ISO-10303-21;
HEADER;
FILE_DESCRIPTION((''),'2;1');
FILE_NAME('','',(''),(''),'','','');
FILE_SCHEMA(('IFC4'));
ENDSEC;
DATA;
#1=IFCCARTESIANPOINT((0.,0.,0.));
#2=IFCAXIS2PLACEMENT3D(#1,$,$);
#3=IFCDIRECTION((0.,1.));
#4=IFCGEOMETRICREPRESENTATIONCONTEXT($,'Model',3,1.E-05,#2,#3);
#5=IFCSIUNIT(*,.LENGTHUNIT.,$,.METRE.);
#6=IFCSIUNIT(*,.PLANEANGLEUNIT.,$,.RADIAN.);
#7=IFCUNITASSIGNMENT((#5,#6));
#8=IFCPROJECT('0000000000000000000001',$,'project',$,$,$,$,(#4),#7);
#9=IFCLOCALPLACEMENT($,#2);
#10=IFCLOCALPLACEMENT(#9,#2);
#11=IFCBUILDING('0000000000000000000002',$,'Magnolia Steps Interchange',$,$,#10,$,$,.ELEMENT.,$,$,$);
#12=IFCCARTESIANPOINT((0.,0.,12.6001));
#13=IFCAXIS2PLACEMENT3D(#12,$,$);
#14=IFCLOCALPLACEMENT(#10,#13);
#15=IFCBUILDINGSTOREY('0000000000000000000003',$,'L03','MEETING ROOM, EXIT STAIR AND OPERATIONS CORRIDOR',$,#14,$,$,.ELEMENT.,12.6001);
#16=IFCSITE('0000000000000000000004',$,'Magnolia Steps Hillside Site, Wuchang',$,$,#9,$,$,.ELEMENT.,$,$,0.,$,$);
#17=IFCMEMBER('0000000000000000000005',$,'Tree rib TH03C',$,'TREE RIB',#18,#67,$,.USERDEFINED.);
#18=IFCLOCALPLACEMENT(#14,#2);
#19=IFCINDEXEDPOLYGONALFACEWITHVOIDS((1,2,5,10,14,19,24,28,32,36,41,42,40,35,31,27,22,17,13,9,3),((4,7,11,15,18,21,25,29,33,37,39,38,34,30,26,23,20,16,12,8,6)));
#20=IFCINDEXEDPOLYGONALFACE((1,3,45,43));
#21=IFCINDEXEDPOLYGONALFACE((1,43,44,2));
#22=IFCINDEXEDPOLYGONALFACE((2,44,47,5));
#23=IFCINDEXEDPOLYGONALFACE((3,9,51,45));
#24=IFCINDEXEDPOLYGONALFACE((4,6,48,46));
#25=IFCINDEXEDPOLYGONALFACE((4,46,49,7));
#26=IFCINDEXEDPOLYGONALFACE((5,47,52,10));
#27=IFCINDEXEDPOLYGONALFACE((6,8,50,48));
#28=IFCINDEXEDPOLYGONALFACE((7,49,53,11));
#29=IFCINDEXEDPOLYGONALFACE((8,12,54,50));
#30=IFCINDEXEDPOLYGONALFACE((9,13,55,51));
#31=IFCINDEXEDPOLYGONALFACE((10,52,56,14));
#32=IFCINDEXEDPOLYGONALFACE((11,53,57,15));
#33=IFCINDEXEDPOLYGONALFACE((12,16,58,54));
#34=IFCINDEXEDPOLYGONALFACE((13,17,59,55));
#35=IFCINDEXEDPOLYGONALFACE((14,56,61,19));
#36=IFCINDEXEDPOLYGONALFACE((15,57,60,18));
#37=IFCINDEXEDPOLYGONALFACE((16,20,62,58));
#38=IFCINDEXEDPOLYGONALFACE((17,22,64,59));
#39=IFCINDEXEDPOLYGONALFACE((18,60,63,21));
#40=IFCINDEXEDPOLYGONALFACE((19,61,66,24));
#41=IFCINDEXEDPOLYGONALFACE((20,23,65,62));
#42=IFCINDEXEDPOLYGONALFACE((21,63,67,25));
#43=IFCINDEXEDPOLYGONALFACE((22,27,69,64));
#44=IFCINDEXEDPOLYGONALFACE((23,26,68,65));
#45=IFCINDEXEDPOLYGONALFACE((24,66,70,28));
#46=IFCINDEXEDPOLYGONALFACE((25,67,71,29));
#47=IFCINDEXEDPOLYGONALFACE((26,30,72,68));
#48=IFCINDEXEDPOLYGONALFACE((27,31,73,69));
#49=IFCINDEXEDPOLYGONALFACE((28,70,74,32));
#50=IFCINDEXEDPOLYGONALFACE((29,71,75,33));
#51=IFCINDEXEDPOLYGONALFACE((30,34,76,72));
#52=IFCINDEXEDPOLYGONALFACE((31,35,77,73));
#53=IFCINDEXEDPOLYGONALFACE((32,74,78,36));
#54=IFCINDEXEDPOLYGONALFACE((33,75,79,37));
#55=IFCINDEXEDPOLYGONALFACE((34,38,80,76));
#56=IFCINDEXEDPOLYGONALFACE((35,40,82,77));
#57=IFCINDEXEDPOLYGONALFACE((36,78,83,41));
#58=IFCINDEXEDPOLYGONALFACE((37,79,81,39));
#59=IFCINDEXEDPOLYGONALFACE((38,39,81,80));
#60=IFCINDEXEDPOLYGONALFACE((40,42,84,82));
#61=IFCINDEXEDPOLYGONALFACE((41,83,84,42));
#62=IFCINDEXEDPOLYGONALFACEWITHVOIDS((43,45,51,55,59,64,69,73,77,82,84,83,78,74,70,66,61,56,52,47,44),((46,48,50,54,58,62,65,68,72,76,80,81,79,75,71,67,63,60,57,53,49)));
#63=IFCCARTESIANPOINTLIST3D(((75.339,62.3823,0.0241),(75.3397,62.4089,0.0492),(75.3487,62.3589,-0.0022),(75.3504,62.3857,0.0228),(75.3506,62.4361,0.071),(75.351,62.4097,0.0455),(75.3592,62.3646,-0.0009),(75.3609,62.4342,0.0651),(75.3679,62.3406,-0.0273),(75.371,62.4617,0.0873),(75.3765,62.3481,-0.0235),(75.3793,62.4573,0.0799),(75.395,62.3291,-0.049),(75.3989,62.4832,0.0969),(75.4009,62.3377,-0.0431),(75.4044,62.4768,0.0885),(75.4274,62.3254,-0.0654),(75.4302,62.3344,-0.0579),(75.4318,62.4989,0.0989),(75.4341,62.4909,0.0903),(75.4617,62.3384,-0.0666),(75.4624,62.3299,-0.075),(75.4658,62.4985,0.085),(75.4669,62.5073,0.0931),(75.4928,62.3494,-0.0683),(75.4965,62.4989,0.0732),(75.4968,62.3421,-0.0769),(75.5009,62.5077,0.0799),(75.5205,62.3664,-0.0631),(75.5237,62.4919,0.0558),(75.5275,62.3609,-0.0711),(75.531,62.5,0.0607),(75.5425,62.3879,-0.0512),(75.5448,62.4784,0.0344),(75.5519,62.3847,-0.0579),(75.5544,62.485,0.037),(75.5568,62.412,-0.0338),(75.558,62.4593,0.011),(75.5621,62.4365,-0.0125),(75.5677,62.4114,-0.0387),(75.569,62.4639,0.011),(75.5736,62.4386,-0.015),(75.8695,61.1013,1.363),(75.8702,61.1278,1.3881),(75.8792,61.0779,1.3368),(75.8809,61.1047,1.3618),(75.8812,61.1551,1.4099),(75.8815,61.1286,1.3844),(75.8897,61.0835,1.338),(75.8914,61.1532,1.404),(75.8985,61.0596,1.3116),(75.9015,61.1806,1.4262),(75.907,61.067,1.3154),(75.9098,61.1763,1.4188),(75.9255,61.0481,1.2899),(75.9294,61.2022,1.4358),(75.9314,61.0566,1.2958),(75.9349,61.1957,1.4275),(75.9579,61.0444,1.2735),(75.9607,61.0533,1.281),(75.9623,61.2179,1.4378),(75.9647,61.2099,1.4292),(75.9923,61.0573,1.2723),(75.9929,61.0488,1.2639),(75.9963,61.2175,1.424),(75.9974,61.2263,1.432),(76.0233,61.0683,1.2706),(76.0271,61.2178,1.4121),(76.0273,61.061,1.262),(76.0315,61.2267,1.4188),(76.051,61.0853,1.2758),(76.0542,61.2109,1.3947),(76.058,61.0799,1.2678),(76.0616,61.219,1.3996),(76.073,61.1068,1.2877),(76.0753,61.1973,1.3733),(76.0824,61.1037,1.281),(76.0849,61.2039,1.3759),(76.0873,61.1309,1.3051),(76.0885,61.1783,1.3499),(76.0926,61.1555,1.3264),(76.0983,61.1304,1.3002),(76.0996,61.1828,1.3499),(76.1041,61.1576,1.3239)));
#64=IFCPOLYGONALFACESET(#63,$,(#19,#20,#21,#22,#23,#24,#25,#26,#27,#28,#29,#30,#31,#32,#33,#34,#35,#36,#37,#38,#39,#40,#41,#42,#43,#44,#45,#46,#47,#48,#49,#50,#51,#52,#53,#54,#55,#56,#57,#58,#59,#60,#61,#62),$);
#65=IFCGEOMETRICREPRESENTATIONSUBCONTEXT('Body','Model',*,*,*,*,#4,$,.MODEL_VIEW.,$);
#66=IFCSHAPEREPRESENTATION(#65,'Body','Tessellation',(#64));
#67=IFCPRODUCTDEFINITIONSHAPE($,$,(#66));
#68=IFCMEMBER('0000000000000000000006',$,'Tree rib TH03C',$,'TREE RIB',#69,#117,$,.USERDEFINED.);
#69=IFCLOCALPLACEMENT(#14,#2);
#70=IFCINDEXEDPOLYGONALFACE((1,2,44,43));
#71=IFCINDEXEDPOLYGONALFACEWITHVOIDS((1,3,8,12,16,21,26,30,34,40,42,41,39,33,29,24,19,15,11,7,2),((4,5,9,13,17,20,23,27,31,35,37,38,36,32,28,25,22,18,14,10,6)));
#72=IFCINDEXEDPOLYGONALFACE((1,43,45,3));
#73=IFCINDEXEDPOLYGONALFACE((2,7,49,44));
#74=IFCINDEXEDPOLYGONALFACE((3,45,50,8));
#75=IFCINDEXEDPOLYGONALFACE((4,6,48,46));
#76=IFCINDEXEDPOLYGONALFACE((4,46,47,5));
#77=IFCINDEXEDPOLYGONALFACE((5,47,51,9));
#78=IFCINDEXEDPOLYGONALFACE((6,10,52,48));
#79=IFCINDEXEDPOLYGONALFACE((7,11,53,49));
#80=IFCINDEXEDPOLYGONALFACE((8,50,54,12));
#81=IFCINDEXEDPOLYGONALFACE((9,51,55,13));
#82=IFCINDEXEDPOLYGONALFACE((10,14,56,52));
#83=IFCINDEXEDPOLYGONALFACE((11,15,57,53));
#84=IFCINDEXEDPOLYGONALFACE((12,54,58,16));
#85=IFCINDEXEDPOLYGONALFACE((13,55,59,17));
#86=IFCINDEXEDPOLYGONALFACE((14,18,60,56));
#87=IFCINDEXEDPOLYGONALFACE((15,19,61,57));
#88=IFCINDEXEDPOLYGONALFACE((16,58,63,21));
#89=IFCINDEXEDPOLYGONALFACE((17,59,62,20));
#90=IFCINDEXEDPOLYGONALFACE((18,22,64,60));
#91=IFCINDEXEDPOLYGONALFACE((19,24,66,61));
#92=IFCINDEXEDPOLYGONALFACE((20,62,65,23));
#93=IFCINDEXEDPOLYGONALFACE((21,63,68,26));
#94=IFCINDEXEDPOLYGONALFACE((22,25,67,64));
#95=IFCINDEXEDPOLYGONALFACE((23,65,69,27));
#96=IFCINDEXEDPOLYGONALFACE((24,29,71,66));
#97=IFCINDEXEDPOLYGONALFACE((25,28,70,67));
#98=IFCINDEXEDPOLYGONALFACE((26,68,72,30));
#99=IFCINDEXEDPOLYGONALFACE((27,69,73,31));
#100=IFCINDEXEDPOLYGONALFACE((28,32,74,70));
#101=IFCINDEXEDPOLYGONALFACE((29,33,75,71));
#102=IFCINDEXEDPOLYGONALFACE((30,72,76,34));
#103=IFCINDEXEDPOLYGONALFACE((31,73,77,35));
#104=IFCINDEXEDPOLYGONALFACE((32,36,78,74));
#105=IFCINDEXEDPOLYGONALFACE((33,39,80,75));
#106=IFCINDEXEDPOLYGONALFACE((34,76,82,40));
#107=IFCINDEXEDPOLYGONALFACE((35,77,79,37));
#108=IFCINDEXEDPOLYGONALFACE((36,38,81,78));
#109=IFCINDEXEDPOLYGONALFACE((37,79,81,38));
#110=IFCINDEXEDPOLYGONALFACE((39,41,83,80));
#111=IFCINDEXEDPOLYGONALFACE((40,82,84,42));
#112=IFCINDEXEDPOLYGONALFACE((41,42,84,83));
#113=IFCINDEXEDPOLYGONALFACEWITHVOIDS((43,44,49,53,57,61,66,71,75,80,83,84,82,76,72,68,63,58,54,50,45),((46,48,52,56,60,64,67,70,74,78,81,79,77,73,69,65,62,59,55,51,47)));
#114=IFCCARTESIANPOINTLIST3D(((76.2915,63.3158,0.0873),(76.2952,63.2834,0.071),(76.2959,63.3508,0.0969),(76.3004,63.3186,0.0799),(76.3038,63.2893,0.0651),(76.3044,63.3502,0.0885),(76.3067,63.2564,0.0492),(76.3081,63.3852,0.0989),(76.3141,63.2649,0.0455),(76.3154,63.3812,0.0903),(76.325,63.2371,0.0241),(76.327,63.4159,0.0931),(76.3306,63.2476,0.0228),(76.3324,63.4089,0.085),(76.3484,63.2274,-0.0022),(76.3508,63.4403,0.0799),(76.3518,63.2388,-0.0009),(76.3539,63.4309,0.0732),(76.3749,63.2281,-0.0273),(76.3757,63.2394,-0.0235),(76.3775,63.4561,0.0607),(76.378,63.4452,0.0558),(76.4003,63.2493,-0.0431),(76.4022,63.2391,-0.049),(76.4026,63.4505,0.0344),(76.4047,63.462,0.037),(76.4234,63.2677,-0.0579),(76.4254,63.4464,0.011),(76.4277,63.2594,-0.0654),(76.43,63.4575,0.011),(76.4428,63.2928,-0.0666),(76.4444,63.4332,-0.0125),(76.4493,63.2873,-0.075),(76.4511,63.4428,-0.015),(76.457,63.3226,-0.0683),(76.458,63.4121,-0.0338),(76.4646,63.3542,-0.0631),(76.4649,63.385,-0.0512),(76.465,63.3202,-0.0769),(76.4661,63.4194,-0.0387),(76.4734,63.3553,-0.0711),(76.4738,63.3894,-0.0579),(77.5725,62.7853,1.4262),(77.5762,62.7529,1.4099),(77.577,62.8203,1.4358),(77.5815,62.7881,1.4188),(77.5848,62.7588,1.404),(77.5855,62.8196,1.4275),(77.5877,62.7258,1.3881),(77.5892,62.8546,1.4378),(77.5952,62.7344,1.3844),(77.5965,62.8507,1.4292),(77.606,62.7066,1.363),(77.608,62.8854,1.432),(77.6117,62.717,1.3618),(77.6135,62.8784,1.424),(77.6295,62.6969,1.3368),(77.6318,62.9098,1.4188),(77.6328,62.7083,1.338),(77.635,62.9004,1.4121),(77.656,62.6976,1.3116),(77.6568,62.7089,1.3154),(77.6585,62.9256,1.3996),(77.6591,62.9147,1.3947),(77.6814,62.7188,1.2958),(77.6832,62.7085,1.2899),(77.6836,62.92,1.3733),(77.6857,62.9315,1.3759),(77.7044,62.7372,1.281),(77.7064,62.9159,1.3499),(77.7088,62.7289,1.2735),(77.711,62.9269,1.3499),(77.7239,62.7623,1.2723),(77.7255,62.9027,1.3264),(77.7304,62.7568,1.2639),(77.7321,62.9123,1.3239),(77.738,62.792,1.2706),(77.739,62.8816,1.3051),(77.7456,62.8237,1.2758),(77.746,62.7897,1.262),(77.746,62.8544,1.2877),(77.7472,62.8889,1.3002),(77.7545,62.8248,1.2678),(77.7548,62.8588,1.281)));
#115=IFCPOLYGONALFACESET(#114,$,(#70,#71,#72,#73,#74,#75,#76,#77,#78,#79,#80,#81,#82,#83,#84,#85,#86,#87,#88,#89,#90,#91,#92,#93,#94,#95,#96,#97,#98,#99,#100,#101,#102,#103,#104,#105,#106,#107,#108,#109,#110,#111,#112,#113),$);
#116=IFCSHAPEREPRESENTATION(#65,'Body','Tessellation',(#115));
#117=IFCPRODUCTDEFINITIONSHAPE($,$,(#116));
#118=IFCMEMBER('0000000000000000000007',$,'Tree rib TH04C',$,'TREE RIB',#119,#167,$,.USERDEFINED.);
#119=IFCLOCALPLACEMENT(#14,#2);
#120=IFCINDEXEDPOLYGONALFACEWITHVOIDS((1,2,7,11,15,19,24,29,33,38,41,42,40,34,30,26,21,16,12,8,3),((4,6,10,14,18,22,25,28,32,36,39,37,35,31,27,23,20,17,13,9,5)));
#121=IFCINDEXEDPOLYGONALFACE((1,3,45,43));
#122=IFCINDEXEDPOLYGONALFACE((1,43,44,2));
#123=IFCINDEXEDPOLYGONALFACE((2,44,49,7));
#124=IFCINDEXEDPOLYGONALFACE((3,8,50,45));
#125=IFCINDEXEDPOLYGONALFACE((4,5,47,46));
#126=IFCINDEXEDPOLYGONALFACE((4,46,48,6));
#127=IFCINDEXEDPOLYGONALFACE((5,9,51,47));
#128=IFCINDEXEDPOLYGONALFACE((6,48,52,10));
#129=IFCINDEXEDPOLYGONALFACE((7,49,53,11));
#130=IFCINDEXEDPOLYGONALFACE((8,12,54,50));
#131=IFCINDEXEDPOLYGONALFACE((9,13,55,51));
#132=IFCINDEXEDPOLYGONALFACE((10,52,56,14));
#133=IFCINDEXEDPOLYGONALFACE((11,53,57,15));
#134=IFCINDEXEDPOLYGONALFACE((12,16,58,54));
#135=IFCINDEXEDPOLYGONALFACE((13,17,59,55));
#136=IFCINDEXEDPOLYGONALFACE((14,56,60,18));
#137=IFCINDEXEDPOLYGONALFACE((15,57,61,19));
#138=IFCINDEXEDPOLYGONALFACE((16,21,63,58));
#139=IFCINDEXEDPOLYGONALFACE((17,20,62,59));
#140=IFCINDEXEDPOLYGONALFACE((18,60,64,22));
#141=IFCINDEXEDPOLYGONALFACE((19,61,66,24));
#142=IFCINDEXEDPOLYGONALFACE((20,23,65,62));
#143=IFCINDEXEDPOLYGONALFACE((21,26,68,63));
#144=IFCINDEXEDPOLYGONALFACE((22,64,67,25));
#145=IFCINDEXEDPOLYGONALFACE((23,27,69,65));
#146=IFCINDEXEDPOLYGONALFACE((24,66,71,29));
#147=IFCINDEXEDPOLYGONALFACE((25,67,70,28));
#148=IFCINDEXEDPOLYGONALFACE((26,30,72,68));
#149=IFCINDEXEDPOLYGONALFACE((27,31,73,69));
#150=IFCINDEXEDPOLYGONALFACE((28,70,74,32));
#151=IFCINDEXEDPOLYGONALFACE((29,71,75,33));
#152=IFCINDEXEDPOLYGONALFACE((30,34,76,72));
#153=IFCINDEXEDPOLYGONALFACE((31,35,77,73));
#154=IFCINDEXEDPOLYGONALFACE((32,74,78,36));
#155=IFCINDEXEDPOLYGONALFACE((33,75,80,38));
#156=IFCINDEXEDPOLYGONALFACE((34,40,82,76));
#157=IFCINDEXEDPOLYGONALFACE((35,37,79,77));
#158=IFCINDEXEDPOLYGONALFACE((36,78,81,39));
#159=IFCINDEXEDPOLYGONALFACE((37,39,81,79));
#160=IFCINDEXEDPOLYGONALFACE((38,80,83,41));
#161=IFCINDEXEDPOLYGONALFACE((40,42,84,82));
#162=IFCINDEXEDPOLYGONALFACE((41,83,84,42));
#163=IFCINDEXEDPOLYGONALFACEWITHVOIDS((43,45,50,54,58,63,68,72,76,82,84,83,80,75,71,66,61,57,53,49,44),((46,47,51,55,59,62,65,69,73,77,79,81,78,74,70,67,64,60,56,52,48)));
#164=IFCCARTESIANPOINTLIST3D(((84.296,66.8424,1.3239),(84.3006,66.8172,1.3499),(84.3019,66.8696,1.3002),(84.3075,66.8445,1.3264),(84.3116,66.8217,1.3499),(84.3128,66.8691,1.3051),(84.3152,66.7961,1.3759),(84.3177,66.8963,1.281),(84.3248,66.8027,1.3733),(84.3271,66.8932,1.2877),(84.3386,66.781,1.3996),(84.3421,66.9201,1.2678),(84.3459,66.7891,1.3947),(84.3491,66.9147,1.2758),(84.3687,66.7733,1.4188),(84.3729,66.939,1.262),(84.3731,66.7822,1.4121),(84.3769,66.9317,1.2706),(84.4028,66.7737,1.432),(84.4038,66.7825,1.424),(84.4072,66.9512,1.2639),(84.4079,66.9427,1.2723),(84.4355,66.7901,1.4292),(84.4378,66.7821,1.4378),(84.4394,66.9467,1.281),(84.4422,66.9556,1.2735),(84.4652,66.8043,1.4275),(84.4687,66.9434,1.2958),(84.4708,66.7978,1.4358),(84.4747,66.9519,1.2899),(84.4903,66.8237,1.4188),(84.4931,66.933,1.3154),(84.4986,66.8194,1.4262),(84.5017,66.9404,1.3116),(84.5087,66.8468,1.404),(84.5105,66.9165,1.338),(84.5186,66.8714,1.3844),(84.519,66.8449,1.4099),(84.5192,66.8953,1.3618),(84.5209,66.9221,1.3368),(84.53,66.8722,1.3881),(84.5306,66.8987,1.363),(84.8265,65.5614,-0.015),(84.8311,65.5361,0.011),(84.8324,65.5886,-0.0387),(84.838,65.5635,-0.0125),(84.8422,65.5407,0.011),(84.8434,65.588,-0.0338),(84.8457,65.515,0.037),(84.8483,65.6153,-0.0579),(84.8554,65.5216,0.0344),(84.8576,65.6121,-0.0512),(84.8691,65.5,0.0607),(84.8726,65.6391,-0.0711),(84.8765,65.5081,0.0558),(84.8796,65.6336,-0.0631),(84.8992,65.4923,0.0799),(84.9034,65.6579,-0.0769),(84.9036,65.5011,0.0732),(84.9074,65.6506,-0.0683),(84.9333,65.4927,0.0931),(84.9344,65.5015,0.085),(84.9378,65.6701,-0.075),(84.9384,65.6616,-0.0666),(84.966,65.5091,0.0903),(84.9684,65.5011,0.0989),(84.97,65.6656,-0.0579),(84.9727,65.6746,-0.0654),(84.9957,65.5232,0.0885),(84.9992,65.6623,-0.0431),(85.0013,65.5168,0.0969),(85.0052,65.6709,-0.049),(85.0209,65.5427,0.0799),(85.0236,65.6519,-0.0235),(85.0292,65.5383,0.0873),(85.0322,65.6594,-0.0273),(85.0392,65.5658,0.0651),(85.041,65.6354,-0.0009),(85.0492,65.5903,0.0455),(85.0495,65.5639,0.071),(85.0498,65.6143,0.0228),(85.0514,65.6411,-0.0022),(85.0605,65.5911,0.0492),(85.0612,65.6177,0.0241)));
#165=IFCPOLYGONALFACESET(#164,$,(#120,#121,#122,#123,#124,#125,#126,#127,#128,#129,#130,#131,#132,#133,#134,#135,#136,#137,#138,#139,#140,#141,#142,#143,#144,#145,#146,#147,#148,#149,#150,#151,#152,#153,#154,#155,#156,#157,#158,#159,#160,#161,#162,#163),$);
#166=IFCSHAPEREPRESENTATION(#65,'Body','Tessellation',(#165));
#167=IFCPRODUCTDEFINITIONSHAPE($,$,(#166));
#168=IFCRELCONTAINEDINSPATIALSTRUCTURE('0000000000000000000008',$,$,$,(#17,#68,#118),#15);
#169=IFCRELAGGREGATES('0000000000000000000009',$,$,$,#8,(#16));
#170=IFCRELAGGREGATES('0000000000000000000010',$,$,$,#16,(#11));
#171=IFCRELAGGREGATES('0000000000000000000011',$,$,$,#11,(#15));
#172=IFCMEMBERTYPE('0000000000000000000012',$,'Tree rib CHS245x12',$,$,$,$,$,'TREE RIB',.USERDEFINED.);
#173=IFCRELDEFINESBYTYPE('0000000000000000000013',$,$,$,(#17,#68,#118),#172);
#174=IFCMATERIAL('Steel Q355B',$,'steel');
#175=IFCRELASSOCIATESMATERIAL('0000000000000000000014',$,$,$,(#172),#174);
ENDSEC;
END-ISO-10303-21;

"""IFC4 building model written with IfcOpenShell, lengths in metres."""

from ifc_helpers import new_model, si_unit, direction, frame, origin, origin_2d, place, context, subcontext, project, spatial, hollow_circle, extrude, material, material_profile, profile_set, type_object, element, save


model = new_model("IFC4")

# Units and contexts
model_context = context("Model", 3, precision=1e-05, world=origin(), true_north=direction((0.0, 1.0)))
body_context = subcontext(model_context, "Body", "Model", "MODEL_VIEW")
ifc_project = project(units=[si_unit("LENGTHUNIT", "METRE"), si_unit("PLANEANGLEUNIT", "RADIAN")], contexts=[model_context])

# Site, building, storey
site_placement = place(None, origin())
site = spatial("IfcSite", under=ifc_project, at=site_placement, Name="Magnolia Steps Hillside Site, Wuchang", CompositionType="ELEMENT", RefElevation=0.0)
building_placement = place(site_placement, origin())
building = spatial("IfcBuilding", under=site, at=building_placement, Name="Magnolia Steps Interchange", CompositionType="ELEMENT")
storey_placement = place(building_placement, frame((0.0, 0.0, 12.6001)))
storey = spatial("IfcBuildingStorey", under=building, at=storey_placement, Name="L03", Description="MEETING ROOM, EXIT STAIR AND OPERATIONS CORRIDOR", CompositionType="ELEMENT", Elevation=12.6001)

# Members
ifc_material_1 = material(Name="Steel Q355B", Category="steel")
ifc_material_profile_1 = material_profile(ifc_material_1, hollow_circle(Radius=0.1226, WallThickness=0.012, at=origin_2d()), Name="CHS245x12")
ifc_profile_set_1 = profile_set([ifc_material_profile_1], Name="Steel Q355B")
member_type = type_object("IfcMemberType", Name="Tree rib CHS245x12", ElementType="TREE RIB", PredefinedType="USERDEFINED", material=ifc_profile_set_1)
for number, where, z_axis, x_axis, name in (
    (1, (75.4558, 62.417, 0.011), (0.275246, -0.664618, 0.694638), (0.923903, 0.382627, 0.0), "Tree rib TH03C"),
    (2, (76.3831, 63.3442, 0.011), (0.664618, -0.275246, 0.694638), (0.382627, 0.923903, 0.0), "Tree rib TH03C"),
    (3, (84.9443, 65.583, 0.011), (-0.275246, 0.664618, 0.694638), (-0.923903, -0.382627, 0.0), "Tree rib TH04C"),
):
    element("IfcMember", number, at=place(storey_placement, frame(where, z_axis=z_axis, x_axis=x_axis)), inside=storey, type_object=member_type, Name=name, ObjectType="TREE RIB", PredefinedType="USERDEFINED", context=body_context, shape_type="SweptSolid", body=[
        extrude(hollow_circle(Radius=0.1226, WallThickness=0.012, at=origin_2d()), origin(), (0.0, 0.0, 1.0), 1.9275),
    ])

save(model, "model.ifc")
